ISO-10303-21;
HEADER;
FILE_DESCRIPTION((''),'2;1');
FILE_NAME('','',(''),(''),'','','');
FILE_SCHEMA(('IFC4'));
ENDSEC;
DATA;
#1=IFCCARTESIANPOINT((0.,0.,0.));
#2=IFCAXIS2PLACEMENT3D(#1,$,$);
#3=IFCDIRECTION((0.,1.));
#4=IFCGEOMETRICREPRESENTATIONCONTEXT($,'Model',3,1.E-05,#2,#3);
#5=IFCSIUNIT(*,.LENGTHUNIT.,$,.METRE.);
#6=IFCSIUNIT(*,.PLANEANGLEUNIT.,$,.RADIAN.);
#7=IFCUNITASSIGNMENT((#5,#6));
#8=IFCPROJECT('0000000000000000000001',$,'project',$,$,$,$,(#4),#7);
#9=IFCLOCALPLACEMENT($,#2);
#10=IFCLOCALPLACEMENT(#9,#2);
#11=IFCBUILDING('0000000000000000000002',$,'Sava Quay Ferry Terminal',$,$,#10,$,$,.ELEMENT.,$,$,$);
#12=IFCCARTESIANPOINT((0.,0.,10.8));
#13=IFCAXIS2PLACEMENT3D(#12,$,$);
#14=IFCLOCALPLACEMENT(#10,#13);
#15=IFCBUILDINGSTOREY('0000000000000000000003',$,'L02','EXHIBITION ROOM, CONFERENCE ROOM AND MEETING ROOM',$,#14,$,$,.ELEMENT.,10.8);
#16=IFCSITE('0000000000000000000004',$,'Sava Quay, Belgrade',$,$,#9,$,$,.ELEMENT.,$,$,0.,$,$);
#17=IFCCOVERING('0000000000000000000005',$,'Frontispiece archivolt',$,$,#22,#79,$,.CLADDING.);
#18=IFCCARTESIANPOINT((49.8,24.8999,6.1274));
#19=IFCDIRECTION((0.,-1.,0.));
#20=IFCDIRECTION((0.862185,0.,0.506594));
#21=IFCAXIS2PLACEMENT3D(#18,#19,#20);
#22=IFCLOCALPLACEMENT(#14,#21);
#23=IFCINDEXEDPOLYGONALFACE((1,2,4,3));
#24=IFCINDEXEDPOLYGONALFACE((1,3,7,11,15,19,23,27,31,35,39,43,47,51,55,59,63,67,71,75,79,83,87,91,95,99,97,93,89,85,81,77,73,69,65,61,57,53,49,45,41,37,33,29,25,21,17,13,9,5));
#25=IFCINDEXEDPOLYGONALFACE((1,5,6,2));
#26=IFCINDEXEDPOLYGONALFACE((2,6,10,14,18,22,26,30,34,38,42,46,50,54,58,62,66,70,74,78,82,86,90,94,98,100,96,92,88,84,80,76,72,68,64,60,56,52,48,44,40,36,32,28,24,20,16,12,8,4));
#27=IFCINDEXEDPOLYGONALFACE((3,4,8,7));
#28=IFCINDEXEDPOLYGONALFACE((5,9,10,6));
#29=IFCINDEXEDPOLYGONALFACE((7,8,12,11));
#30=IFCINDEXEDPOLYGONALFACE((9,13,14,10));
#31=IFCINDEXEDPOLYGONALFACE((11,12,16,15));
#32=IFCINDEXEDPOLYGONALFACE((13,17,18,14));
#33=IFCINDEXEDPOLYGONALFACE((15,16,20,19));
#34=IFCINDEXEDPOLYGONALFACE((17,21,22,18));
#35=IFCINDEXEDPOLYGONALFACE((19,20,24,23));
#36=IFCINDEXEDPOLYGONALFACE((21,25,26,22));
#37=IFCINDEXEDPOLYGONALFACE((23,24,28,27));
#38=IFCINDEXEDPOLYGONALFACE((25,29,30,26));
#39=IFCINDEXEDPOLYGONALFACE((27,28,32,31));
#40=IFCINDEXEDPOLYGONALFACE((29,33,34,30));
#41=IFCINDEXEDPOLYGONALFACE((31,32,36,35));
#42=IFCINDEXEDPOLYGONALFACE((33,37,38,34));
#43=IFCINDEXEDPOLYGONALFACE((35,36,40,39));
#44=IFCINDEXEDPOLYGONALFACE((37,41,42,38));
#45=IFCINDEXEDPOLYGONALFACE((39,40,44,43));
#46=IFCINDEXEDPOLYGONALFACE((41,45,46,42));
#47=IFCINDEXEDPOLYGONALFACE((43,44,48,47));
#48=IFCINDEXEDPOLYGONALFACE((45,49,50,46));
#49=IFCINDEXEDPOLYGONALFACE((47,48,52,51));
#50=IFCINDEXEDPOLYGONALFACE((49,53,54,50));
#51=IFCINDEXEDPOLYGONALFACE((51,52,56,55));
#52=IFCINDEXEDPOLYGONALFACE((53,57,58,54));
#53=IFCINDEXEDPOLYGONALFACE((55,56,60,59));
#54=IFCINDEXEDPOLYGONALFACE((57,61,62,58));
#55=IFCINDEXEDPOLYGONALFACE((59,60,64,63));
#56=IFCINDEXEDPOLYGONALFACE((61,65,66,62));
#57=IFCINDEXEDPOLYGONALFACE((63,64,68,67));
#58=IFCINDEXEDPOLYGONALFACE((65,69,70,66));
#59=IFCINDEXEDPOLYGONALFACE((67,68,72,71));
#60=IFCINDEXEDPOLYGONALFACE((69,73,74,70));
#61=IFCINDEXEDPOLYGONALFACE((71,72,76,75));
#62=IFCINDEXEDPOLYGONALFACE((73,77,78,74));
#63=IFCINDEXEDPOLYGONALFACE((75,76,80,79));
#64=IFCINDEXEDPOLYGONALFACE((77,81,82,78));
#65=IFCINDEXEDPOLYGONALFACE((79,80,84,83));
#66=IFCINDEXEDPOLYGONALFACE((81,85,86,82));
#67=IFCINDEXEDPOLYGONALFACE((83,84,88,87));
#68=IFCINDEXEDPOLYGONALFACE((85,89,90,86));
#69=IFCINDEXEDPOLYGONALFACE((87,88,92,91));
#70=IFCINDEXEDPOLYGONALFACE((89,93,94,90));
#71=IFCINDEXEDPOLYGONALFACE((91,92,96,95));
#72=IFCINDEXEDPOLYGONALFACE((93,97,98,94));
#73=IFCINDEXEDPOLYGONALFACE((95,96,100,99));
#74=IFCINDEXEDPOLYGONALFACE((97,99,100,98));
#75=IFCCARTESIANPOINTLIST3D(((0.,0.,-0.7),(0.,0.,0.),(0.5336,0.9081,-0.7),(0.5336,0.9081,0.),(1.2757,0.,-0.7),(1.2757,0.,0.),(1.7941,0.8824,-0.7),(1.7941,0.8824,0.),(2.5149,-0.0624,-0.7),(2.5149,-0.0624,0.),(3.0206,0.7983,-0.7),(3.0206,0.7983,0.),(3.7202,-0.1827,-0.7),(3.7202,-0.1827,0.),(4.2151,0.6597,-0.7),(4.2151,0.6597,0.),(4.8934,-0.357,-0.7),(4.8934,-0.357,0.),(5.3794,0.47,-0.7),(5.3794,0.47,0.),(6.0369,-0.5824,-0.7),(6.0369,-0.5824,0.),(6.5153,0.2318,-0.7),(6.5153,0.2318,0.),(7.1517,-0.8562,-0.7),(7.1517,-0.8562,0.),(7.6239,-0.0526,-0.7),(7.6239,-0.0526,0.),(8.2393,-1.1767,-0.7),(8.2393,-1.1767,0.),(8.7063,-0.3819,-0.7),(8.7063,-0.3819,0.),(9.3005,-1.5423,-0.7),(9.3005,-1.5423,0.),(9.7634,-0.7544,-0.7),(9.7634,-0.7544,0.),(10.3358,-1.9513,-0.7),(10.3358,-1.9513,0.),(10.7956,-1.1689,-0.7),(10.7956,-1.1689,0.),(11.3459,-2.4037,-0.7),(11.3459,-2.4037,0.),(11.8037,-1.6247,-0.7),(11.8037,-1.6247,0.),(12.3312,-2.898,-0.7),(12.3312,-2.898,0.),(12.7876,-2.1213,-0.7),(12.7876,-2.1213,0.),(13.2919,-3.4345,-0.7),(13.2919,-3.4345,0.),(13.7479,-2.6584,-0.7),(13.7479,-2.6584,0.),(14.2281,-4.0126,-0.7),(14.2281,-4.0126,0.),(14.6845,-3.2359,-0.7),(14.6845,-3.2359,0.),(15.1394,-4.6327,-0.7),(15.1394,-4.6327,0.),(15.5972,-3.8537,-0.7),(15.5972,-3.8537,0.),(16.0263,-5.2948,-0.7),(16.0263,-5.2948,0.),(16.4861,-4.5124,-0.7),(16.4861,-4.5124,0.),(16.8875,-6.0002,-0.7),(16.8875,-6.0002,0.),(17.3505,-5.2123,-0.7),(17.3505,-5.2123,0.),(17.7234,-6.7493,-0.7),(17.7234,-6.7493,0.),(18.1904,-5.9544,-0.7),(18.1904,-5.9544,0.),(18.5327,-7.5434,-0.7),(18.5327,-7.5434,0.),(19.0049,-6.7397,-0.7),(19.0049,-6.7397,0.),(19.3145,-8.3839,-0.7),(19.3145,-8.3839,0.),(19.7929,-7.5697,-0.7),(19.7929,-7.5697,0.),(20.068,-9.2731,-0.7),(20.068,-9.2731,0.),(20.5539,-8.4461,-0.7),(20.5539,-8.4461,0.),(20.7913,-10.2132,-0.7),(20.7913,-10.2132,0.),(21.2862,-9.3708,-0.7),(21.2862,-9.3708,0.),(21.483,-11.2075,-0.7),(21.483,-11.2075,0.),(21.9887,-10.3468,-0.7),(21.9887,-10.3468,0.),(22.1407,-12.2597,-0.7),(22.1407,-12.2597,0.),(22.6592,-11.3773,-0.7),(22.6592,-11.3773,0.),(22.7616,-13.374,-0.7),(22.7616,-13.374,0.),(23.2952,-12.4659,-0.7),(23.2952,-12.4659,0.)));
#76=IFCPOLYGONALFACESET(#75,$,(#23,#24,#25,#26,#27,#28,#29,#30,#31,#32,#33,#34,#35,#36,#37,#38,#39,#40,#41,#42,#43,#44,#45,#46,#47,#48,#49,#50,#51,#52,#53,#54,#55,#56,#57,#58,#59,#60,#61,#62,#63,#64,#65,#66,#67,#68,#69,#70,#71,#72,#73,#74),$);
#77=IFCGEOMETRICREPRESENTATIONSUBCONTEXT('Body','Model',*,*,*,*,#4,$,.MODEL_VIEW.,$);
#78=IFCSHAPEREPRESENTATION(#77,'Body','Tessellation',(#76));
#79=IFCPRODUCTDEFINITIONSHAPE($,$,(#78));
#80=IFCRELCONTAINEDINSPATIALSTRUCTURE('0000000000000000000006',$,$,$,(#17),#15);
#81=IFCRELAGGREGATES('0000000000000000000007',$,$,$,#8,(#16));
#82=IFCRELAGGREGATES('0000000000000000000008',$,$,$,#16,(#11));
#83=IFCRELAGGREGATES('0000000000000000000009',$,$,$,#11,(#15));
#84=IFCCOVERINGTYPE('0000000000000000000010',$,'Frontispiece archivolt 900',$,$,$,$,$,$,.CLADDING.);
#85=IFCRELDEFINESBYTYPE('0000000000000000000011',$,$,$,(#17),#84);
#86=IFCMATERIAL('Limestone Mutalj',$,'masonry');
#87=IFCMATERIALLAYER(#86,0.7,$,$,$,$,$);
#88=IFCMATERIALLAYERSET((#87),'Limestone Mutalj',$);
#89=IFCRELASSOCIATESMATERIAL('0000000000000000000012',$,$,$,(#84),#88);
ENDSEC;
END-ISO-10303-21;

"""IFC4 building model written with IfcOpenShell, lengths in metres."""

from ifc_helpers import new_model, si_unit, direction, frame, origin, place, context, subcontext, project, spatial, polyline, outline, extrude, material, layer, layer_set, type_object, element, save


model = new_model("IFC4")

# Units and contexts
model_context = context("Model", 3, precision=1e-05, world=origin(), true_north=direction((0.0, 1.0)))
body_context = subcontext(model_context, "Body", "Model", "MODEL_VIEW")
ifc_project = project(units=[si_unit("LENGTHUNIT", "METRE"), si_unit("PLANEANGLEUNIT", "RADIAN")], contexts=[model_context])

# Site, building, storey
site_placement = place(None, origin())
site = spatial("IfcSite", under=ifc_project, at=site_placement, Name="Sava Quay, Belgrade", CompositionType="ELEMENT", RefElevation=0.0)
building_placement = place(site_placement, origin())
building = spatial("IfcBuilding", under=site, at=building_placement, Name="Sava Quay Ferry Terminal", CompositionType="ELEMENT")
storey_placement = place(building_placement, frame((0.0, 0.0, 10.8)))
storey = spatial("IfcBuildingStorey", under=building, at=storey_placement, Name="L02", Description="EXHIBITION ROOM, CONFERENCE ROOM AND MEETING ROOM", CompositionType="ELEMENT", Elevation=10.8)

# Covering
ifc_material_1 = material(Name="Limestone Mutalj", Category="masonry")
ifc_layer_1 = layer(ifc_material_1, 0.7)
ifc_layer_set_1 = layer_set([ifc_layer_1], Name="Limestone Mutalj")
covering_type_1 = type_object("IfcCoveringType", Name="Frontispiece archivolt 900", PredefinedType="CLADDING", material=ifc_layer_set_1)
covering_1_placement = place(storey_placement, frame((49.8, 24.8999, 6.1274), z_axis=(0.0, -1.0, 0.0), x_axis=(0.862185, 0.0, 0.506594)))
element("IfcCovering", 1, at=covering_1_placement, inside=storey, type_object=covering_type_1, Name="Frontispiece archivolt", PredefinedType="CLADDING", context=body_context, shape_type="SweptSolid", body=[
    extrude(outline(polyline([(0.0, 0.0), (1.2757, 0.0), (2.5149, -0.0624), (3.7202, -0.1827), (4.8934, -0.357), (6.0369, -0.5824), (7.1517, -0.8562), (8.2393, -1.1767), (9.3005, -1.5423), (10.3358, -1.9513), (11.3459, -2.4037), (12.3312, -2.898), (13.2919, -3.4345), (14.2281, -4.0126), (15.1394, -4.6327), (16.0263, -5.2948), (16.8875, -6.0002), (17.7234, -6.7493), (18.5327, -7.5434), (19.3145, -8.3839), (20.068, -9.2731), (20.7913, -10.2132), (21.483, -11.2075), (22.1407, -12.2597), (22.7616, -13.374), (23.2952, -12.4659), (22.6592, -11.3773), (21.9887, -10.3468), (21.2862, -9.3708), (20.5539, -8.4461), (19.7929, -7.5697), (19.0049, -6.7397), (18.1904, -5.9544), (17.3505, -5.2123), (16.4861, -4.5124), (15.5972, -3.8537), (14.6845, -3.2359), (13.7479, -2.6584), (12.7876, -2.1213), (11.8037, -1.6247), (10.7956, -1.1689), (9.7634, -0.7544), (8.7063, -0.3819), (7.6239, -0.0526), (6.5153, 0.2318), (5.3794, 0.47), (4.2151, 0.6597), (3.0206, 0.7983), (1.7941, 0.8824), (0.5336, 0.9081), (0.0, 0.0)])), origin(), (0.0, 0.0, -1.0), 0.7),
])

save(model, "model.ifc")
